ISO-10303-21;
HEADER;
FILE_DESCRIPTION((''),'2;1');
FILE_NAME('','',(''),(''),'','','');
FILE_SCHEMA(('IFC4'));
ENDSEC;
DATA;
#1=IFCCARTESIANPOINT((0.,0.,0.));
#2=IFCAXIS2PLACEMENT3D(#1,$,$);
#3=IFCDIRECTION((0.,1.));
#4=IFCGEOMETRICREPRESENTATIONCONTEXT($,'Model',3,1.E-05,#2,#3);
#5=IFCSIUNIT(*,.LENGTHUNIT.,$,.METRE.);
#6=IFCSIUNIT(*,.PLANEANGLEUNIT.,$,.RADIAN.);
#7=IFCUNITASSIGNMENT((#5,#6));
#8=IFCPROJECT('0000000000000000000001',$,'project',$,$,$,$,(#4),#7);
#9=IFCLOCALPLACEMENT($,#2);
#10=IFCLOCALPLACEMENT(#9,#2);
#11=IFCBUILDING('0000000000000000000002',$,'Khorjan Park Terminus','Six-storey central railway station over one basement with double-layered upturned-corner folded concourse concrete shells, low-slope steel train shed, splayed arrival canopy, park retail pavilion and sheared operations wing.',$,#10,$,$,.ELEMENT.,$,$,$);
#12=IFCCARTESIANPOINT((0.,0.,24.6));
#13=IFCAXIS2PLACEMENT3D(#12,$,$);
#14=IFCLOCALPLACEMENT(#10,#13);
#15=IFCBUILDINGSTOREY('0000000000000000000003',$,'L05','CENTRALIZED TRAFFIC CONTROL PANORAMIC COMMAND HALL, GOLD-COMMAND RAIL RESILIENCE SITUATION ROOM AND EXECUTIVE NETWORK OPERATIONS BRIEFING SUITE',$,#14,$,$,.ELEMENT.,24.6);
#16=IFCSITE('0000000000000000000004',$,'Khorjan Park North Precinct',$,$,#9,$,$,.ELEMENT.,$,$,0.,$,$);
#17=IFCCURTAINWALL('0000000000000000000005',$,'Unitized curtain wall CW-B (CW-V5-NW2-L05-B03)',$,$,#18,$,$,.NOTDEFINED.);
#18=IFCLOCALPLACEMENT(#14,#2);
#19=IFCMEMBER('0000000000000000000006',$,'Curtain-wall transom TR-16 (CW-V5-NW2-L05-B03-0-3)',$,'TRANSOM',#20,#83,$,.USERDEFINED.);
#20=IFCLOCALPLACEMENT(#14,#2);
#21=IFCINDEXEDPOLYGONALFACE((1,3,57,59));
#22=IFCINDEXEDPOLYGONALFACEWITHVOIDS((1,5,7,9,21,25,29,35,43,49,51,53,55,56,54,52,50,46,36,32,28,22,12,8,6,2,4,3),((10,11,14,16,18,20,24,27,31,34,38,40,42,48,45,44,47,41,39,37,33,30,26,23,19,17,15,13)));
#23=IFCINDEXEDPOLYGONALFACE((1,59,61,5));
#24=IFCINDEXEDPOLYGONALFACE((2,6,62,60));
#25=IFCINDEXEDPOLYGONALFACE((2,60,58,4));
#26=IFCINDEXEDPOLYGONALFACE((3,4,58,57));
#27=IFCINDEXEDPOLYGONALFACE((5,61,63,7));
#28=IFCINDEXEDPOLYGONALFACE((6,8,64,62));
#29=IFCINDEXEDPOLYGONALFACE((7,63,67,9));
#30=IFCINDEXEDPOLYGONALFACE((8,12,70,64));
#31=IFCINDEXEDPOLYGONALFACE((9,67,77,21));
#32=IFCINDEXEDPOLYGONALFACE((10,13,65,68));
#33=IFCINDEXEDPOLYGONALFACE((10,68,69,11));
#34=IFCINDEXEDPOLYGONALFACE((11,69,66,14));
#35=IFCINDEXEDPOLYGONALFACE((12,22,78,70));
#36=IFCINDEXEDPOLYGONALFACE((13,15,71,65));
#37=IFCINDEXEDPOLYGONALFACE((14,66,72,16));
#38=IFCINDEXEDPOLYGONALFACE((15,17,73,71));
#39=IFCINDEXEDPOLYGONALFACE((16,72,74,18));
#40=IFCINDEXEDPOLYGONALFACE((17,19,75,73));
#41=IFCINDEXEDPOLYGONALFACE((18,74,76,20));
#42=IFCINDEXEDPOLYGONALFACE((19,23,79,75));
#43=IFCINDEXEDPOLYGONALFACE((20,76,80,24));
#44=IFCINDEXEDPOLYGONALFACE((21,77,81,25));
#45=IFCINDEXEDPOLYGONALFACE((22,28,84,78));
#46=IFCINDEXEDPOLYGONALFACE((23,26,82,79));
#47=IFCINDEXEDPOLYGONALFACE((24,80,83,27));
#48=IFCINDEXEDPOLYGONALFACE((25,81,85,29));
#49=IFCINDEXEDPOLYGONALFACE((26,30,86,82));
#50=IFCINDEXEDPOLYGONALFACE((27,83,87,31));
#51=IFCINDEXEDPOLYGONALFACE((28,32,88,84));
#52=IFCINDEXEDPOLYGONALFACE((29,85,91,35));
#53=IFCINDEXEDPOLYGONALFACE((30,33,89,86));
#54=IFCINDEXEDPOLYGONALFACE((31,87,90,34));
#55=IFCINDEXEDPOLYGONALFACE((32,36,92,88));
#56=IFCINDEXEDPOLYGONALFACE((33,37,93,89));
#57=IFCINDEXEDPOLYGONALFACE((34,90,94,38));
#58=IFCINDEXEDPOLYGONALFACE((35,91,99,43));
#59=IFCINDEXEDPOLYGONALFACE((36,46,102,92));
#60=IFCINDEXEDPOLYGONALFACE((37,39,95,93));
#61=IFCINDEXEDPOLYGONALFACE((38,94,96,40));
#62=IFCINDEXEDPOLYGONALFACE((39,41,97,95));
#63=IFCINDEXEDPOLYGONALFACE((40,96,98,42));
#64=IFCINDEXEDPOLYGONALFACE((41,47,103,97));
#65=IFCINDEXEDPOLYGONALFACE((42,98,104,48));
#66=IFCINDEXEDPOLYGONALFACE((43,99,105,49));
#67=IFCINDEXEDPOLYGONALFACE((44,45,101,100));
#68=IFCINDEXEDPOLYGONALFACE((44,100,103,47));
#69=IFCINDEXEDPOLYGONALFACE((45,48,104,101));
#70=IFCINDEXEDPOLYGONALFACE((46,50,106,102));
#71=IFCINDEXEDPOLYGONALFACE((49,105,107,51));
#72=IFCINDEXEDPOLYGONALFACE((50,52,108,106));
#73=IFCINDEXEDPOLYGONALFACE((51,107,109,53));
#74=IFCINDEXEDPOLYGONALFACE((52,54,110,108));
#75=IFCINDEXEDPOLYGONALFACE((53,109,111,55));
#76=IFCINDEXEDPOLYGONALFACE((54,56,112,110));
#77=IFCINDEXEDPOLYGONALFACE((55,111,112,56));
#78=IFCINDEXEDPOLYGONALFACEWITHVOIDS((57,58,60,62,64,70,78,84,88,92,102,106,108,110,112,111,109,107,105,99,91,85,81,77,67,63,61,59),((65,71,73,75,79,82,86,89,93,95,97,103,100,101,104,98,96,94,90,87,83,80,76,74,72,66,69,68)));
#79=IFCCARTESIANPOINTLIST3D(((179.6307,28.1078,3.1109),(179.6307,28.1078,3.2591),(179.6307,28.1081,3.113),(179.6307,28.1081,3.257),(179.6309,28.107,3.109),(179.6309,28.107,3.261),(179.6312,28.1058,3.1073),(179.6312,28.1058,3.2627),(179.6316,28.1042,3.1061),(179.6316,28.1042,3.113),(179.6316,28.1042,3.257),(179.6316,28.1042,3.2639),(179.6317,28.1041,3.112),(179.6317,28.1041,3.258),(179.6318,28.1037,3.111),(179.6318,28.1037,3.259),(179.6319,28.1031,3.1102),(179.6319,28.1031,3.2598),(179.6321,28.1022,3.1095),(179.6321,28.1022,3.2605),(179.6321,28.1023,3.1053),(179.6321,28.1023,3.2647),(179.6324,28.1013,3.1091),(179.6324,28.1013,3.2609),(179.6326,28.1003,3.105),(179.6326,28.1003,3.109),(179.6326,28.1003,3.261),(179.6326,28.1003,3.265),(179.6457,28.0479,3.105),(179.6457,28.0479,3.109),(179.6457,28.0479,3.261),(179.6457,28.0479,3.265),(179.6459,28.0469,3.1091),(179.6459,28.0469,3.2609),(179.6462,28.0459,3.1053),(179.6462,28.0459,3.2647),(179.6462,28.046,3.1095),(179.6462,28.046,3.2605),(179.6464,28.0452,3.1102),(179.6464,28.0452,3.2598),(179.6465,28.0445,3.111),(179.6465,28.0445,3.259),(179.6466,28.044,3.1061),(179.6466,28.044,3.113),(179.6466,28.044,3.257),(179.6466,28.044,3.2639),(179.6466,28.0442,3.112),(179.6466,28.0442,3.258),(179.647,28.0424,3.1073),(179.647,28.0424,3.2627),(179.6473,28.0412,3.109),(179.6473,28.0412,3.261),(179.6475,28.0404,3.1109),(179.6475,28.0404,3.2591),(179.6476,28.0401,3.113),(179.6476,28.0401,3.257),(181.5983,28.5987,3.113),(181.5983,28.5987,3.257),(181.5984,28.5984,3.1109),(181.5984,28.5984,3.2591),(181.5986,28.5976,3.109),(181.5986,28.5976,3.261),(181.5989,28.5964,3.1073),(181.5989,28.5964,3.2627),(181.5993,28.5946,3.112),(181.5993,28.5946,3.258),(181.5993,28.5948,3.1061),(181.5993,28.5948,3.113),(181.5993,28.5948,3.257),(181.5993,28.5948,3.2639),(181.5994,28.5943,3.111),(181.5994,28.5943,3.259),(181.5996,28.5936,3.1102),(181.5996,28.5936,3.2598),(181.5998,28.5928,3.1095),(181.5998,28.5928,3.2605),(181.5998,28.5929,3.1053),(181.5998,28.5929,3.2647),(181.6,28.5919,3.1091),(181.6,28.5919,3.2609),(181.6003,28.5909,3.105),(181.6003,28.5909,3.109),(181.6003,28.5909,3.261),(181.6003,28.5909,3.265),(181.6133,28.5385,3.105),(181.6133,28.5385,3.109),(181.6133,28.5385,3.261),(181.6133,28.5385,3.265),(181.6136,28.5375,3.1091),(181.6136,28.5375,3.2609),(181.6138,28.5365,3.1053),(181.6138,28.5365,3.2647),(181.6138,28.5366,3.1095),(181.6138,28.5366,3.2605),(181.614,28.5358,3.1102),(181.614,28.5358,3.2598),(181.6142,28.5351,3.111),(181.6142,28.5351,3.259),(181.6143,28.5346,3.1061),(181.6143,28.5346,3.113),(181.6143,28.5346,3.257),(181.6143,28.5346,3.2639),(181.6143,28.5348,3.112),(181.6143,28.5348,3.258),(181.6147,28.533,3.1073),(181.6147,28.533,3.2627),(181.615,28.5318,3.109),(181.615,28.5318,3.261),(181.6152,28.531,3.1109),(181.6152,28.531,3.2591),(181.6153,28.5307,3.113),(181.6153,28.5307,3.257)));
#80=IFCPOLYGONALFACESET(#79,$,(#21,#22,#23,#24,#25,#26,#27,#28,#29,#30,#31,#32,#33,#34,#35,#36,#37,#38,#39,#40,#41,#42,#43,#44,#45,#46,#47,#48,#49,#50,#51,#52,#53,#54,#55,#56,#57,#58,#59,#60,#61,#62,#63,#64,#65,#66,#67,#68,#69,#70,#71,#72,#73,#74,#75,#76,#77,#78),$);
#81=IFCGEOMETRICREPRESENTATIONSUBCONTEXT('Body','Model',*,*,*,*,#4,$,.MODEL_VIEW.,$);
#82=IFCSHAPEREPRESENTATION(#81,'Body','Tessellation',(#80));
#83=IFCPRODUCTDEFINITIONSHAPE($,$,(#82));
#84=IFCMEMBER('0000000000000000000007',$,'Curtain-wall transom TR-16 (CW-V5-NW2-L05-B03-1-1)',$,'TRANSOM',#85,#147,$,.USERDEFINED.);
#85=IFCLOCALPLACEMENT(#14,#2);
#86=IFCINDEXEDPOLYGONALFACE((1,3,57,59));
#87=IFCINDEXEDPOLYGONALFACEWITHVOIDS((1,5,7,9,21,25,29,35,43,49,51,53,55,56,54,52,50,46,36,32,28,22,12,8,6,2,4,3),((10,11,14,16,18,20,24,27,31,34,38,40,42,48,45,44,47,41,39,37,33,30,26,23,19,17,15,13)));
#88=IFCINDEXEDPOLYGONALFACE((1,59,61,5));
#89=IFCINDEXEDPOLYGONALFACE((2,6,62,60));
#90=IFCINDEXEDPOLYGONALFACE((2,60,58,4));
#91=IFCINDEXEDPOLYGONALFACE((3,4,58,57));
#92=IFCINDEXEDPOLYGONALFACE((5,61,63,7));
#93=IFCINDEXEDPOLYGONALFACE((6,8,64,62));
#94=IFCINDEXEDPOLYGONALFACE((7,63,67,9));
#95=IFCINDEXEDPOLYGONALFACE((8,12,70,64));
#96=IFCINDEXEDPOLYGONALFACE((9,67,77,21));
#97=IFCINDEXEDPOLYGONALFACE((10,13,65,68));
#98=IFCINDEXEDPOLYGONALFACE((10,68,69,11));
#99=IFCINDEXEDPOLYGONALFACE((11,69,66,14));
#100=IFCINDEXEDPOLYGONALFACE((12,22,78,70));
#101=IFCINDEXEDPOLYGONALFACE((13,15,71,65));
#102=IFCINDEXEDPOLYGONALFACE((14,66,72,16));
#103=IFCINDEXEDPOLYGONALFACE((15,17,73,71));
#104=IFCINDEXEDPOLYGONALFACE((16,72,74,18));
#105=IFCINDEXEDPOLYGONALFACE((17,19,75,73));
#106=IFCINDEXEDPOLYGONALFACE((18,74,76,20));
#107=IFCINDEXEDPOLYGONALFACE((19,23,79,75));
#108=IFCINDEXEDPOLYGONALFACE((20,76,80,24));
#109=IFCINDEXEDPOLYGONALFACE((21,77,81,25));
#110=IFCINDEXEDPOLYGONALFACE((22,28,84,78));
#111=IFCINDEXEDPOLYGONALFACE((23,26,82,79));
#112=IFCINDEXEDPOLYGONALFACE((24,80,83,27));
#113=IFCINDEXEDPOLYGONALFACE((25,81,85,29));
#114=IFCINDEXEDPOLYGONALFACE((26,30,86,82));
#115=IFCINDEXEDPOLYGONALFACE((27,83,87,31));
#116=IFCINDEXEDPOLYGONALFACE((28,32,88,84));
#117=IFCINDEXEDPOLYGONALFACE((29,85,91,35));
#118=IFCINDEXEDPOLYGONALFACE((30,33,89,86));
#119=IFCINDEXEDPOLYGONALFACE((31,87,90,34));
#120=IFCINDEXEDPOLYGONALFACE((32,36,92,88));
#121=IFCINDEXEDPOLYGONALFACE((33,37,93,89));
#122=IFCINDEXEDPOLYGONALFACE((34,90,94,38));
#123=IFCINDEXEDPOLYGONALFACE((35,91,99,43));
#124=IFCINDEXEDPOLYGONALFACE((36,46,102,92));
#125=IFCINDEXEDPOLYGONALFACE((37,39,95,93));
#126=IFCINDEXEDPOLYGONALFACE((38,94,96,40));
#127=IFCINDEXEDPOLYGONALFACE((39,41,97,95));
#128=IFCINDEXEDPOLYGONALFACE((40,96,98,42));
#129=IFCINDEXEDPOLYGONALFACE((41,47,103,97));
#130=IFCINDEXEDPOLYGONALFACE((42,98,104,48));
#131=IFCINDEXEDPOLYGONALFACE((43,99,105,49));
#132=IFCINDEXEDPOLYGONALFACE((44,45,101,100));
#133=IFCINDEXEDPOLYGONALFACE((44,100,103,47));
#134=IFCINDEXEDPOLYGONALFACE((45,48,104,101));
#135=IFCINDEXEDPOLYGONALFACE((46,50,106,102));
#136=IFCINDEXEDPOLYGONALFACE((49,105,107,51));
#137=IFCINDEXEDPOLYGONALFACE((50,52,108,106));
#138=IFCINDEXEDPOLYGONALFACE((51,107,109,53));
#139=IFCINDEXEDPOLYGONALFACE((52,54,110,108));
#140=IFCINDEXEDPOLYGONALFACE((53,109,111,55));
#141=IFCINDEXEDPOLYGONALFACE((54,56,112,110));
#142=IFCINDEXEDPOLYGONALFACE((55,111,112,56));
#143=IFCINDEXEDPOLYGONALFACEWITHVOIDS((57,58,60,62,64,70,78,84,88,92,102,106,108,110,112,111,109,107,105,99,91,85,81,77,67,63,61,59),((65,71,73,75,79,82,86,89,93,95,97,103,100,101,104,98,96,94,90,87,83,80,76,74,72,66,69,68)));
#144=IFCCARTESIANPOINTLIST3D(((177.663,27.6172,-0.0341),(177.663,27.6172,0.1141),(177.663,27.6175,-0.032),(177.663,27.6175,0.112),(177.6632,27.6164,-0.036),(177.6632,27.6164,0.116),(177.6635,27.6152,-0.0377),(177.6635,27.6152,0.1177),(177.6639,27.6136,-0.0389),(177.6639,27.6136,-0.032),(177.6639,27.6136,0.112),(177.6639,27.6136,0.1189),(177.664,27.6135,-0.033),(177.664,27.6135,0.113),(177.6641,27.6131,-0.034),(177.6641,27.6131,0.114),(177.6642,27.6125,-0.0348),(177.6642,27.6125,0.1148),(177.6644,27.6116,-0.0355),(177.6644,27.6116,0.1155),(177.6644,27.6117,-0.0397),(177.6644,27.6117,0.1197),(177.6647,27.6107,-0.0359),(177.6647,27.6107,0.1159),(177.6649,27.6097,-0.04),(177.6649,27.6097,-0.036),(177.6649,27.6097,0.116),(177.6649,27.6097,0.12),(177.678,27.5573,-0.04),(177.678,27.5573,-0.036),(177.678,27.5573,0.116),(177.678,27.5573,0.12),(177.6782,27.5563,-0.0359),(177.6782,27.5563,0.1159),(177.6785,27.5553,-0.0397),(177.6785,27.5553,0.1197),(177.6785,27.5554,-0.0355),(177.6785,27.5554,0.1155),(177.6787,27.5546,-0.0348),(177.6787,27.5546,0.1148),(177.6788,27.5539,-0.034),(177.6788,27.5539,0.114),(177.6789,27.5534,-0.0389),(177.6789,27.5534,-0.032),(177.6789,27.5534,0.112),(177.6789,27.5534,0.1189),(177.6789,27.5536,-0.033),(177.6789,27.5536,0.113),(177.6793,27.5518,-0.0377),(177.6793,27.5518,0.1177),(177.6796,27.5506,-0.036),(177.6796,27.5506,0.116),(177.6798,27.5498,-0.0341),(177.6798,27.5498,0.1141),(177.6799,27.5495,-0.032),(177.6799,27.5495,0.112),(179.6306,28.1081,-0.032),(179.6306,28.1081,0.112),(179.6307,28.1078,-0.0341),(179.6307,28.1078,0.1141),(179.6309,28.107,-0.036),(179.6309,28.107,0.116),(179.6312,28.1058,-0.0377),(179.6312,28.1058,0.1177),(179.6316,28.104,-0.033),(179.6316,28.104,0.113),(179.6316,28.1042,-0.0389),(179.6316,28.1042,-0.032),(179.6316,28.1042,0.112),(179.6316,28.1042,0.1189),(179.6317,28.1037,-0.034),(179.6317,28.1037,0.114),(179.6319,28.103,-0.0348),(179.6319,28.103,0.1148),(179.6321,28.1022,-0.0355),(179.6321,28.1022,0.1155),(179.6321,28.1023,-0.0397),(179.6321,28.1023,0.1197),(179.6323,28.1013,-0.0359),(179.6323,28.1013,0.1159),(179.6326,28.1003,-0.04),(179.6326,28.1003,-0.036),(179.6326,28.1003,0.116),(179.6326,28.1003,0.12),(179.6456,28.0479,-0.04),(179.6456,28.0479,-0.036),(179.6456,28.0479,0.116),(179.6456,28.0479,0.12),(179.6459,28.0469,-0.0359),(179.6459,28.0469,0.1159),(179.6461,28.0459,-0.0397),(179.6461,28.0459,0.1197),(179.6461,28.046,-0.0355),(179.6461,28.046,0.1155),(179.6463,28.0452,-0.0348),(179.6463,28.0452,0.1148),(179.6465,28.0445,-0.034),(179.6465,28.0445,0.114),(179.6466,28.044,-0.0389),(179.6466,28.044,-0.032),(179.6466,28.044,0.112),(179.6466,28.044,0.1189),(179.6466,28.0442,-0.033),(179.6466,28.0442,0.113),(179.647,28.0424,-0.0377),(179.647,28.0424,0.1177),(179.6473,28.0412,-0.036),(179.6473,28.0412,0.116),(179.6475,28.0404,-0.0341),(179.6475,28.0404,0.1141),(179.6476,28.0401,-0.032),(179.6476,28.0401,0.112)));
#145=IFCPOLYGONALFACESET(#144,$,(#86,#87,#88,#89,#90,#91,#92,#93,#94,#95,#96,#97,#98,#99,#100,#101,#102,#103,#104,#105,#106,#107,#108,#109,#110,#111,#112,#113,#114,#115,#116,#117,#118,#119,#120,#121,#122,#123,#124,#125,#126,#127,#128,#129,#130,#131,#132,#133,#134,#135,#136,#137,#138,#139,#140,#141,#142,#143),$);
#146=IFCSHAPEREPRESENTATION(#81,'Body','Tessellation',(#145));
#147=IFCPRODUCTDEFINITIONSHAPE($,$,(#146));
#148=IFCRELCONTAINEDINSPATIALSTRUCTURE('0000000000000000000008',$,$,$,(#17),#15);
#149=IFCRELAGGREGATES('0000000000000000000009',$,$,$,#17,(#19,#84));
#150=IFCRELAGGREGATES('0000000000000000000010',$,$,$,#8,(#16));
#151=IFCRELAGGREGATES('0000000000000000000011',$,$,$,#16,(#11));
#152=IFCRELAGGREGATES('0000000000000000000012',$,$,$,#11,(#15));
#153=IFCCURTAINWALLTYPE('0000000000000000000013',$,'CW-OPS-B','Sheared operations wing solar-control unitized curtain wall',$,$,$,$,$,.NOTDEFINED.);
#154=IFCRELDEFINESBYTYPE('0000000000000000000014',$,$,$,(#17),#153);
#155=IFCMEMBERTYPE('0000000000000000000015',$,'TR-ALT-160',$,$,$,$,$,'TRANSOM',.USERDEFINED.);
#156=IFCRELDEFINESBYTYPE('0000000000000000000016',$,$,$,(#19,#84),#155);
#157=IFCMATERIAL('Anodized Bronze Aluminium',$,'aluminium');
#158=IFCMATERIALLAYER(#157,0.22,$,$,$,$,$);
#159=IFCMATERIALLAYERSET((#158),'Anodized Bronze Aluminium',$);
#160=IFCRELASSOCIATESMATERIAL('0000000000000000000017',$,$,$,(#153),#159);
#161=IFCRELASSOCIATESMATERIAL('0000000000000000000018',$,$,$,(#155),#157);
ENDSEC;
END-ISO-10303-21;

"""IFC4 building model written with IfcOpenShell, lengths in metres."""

from ifc_helpers import new_model, si_unit, direction, frame, origin, origin_2d, place, context, subcontext, project, spatial, hollow_rectangle, extrude, material, layer, layer_set, material_profile, profile_set, type_object, element, aggregate, save


model = new_model("IFC4")

# Units and contexts
model_context = context("Model", 3, precision=1e-05, world=origin(), true_north=direction((0.0, 1.0)))
body_context = subcontext(model_context, "Body", "Model", "MODEL_VIEW")
ifc_project = project(units=[si_unit("LENGTHUNIT", "METRE"), si_unit("PLANEANGLEUNIT", "RADIAN")], contexts=[model_context])

# Site, building, storey
site_placement = place(None, origin())
site = spatial("IfcSite", under=ifc_project, at=site_placement, Name="Khorjan Park North Precinct", CompositionType="ELEMENT", RefElevation=0.0)
building_placement = place(site_placement, origin())
building = spatial("IfcBuilding", under=site, at=building_placement, Name="Khorjan Park Terminus", Description="Six-storey central railway station over one basement with double-layered upturned-corner folded concourse concrete shells, low-slope steel train shed, splayed arrival canopy, park retail pavilion and sheared operations wing.", CompositionType="ELEMENT")
storey_placement = place(building_placement, frame((0.0, 0.0, 24.6)))
storey = spatial("IfcBuildingStorey", under=building, at=storey_placement, Name="L05", Description="CENTRALIZED TRAFFIC CONTROL PANORAMIC COMMAND HALL, GOLD-COMMAND RAIL RESILIENCE SITUATION ROOM AND EXECUTIVE NETWORK OPERATIONS BRIEFING SUITE", CompositionType="ELEMENT", Elevation=24.6)

# Curtain wall, members
ifc_material_1 = material(Name="Anodized Bronze Aluminium", Category="aluminium")
ifc_layer_1 = layer(ifc_material_1, 0.22)
ifc_layer_set_1 = layer_set([ifc_layer_1], Name="Anodized Bronze Aluminium")
curtain_wall_type = type_object("IfcCurtainWallType", Name="CW-OPS-B", Description="Sheared operations wing solar-control unitized curtain wall", PredefinedType="NOTDEFINED", material=ifc_layer_set_1)
curtain_wall_placement = place(storey_placement, origin())
curtain_wall = element("IfcCurtainWall", 1, at=curtain_wall_placement, inside=storey, type_object=curtain_wall_type, Name="Unitized curtain wall CW-B (CW-V5-NW2-L05-B03)", PredefinedType="NOTDEFINED")
ifc_material_profile_1 = material_profile(ifc_material_1, hollow_rectangle(XDim=0.07, YDim=0.16, WallThickness=0.004, InnerFilletRadius=0.004, OuterFilletRadius=0.008, at=origin_2d()), Name="ALT 70x160x4")
ifc_profile_set_1 = profile_set([ifc_material_profile_1], Name="Anodized Bronze Aluminium")
member_type_1 = type_object("IfcMemberType", Name="TR-ALT-160", ElementType="TRANSOM", PredefinedType="USERDEFINED", material=ifc_profile_set_1)
member_1_placement = place(storey_placement, frame((181.6068, 28.5647, 3.185), z_axis=(-0.970296, -0.241921, 0.0), x_axis=(0.241921, -0.970296, 0.0)))
member_1 = element("IfcMember", 2, at=member_1_placement, type_object=member_type_1, Name="Curtain-wall transom TR-16 (CW-V5-NW2-L05-B03-0-3)", ObjectType="TRANSOM", PredefinedType="USERDEFINED", context=body_context, shape_type="SweptSolid", body=[
    extrude(hollow_rectangle(XDim=0.07, YDim=0.16, WallThickness=0.004, InnerFilletRadius=0.004, OuterFilletRadius=0.008, at=origin_2d()), origin(), (0.0, 0.0, 1.0), 2.0279),
])
member_2_placement = place(storey_placement, frame((179.6391, 28.0741, 0.04), z_axis=(-0.970296, -0.241921, 0.0), x_axis=(0.241921, -0.970296, 0.0)))
member_2 = element("IfcMember", 3, at=member_2_placement, type_object=member_type_1, Name="Curtain-wall transom TR-16 (CW-V5-NW2-L05-B03-1-1)", ObjectType="TRANSOM", PredefinedType="USERDEFINED", context=body_context, shape_type="SweptSolid", body=[
    extrude(hollow_rectangle(XDim=0.07, YDim=0.16, WallThickness=0.004, InnerFilletRadius=0.004, OuterFilletRadius=0.008, at=origin_2d()), origin(), (0.0, 0.0, 1.0), 2.0279),
])
aggregate(curtain_wall, [member_1, member_2])

save(model, "model.ifc")
